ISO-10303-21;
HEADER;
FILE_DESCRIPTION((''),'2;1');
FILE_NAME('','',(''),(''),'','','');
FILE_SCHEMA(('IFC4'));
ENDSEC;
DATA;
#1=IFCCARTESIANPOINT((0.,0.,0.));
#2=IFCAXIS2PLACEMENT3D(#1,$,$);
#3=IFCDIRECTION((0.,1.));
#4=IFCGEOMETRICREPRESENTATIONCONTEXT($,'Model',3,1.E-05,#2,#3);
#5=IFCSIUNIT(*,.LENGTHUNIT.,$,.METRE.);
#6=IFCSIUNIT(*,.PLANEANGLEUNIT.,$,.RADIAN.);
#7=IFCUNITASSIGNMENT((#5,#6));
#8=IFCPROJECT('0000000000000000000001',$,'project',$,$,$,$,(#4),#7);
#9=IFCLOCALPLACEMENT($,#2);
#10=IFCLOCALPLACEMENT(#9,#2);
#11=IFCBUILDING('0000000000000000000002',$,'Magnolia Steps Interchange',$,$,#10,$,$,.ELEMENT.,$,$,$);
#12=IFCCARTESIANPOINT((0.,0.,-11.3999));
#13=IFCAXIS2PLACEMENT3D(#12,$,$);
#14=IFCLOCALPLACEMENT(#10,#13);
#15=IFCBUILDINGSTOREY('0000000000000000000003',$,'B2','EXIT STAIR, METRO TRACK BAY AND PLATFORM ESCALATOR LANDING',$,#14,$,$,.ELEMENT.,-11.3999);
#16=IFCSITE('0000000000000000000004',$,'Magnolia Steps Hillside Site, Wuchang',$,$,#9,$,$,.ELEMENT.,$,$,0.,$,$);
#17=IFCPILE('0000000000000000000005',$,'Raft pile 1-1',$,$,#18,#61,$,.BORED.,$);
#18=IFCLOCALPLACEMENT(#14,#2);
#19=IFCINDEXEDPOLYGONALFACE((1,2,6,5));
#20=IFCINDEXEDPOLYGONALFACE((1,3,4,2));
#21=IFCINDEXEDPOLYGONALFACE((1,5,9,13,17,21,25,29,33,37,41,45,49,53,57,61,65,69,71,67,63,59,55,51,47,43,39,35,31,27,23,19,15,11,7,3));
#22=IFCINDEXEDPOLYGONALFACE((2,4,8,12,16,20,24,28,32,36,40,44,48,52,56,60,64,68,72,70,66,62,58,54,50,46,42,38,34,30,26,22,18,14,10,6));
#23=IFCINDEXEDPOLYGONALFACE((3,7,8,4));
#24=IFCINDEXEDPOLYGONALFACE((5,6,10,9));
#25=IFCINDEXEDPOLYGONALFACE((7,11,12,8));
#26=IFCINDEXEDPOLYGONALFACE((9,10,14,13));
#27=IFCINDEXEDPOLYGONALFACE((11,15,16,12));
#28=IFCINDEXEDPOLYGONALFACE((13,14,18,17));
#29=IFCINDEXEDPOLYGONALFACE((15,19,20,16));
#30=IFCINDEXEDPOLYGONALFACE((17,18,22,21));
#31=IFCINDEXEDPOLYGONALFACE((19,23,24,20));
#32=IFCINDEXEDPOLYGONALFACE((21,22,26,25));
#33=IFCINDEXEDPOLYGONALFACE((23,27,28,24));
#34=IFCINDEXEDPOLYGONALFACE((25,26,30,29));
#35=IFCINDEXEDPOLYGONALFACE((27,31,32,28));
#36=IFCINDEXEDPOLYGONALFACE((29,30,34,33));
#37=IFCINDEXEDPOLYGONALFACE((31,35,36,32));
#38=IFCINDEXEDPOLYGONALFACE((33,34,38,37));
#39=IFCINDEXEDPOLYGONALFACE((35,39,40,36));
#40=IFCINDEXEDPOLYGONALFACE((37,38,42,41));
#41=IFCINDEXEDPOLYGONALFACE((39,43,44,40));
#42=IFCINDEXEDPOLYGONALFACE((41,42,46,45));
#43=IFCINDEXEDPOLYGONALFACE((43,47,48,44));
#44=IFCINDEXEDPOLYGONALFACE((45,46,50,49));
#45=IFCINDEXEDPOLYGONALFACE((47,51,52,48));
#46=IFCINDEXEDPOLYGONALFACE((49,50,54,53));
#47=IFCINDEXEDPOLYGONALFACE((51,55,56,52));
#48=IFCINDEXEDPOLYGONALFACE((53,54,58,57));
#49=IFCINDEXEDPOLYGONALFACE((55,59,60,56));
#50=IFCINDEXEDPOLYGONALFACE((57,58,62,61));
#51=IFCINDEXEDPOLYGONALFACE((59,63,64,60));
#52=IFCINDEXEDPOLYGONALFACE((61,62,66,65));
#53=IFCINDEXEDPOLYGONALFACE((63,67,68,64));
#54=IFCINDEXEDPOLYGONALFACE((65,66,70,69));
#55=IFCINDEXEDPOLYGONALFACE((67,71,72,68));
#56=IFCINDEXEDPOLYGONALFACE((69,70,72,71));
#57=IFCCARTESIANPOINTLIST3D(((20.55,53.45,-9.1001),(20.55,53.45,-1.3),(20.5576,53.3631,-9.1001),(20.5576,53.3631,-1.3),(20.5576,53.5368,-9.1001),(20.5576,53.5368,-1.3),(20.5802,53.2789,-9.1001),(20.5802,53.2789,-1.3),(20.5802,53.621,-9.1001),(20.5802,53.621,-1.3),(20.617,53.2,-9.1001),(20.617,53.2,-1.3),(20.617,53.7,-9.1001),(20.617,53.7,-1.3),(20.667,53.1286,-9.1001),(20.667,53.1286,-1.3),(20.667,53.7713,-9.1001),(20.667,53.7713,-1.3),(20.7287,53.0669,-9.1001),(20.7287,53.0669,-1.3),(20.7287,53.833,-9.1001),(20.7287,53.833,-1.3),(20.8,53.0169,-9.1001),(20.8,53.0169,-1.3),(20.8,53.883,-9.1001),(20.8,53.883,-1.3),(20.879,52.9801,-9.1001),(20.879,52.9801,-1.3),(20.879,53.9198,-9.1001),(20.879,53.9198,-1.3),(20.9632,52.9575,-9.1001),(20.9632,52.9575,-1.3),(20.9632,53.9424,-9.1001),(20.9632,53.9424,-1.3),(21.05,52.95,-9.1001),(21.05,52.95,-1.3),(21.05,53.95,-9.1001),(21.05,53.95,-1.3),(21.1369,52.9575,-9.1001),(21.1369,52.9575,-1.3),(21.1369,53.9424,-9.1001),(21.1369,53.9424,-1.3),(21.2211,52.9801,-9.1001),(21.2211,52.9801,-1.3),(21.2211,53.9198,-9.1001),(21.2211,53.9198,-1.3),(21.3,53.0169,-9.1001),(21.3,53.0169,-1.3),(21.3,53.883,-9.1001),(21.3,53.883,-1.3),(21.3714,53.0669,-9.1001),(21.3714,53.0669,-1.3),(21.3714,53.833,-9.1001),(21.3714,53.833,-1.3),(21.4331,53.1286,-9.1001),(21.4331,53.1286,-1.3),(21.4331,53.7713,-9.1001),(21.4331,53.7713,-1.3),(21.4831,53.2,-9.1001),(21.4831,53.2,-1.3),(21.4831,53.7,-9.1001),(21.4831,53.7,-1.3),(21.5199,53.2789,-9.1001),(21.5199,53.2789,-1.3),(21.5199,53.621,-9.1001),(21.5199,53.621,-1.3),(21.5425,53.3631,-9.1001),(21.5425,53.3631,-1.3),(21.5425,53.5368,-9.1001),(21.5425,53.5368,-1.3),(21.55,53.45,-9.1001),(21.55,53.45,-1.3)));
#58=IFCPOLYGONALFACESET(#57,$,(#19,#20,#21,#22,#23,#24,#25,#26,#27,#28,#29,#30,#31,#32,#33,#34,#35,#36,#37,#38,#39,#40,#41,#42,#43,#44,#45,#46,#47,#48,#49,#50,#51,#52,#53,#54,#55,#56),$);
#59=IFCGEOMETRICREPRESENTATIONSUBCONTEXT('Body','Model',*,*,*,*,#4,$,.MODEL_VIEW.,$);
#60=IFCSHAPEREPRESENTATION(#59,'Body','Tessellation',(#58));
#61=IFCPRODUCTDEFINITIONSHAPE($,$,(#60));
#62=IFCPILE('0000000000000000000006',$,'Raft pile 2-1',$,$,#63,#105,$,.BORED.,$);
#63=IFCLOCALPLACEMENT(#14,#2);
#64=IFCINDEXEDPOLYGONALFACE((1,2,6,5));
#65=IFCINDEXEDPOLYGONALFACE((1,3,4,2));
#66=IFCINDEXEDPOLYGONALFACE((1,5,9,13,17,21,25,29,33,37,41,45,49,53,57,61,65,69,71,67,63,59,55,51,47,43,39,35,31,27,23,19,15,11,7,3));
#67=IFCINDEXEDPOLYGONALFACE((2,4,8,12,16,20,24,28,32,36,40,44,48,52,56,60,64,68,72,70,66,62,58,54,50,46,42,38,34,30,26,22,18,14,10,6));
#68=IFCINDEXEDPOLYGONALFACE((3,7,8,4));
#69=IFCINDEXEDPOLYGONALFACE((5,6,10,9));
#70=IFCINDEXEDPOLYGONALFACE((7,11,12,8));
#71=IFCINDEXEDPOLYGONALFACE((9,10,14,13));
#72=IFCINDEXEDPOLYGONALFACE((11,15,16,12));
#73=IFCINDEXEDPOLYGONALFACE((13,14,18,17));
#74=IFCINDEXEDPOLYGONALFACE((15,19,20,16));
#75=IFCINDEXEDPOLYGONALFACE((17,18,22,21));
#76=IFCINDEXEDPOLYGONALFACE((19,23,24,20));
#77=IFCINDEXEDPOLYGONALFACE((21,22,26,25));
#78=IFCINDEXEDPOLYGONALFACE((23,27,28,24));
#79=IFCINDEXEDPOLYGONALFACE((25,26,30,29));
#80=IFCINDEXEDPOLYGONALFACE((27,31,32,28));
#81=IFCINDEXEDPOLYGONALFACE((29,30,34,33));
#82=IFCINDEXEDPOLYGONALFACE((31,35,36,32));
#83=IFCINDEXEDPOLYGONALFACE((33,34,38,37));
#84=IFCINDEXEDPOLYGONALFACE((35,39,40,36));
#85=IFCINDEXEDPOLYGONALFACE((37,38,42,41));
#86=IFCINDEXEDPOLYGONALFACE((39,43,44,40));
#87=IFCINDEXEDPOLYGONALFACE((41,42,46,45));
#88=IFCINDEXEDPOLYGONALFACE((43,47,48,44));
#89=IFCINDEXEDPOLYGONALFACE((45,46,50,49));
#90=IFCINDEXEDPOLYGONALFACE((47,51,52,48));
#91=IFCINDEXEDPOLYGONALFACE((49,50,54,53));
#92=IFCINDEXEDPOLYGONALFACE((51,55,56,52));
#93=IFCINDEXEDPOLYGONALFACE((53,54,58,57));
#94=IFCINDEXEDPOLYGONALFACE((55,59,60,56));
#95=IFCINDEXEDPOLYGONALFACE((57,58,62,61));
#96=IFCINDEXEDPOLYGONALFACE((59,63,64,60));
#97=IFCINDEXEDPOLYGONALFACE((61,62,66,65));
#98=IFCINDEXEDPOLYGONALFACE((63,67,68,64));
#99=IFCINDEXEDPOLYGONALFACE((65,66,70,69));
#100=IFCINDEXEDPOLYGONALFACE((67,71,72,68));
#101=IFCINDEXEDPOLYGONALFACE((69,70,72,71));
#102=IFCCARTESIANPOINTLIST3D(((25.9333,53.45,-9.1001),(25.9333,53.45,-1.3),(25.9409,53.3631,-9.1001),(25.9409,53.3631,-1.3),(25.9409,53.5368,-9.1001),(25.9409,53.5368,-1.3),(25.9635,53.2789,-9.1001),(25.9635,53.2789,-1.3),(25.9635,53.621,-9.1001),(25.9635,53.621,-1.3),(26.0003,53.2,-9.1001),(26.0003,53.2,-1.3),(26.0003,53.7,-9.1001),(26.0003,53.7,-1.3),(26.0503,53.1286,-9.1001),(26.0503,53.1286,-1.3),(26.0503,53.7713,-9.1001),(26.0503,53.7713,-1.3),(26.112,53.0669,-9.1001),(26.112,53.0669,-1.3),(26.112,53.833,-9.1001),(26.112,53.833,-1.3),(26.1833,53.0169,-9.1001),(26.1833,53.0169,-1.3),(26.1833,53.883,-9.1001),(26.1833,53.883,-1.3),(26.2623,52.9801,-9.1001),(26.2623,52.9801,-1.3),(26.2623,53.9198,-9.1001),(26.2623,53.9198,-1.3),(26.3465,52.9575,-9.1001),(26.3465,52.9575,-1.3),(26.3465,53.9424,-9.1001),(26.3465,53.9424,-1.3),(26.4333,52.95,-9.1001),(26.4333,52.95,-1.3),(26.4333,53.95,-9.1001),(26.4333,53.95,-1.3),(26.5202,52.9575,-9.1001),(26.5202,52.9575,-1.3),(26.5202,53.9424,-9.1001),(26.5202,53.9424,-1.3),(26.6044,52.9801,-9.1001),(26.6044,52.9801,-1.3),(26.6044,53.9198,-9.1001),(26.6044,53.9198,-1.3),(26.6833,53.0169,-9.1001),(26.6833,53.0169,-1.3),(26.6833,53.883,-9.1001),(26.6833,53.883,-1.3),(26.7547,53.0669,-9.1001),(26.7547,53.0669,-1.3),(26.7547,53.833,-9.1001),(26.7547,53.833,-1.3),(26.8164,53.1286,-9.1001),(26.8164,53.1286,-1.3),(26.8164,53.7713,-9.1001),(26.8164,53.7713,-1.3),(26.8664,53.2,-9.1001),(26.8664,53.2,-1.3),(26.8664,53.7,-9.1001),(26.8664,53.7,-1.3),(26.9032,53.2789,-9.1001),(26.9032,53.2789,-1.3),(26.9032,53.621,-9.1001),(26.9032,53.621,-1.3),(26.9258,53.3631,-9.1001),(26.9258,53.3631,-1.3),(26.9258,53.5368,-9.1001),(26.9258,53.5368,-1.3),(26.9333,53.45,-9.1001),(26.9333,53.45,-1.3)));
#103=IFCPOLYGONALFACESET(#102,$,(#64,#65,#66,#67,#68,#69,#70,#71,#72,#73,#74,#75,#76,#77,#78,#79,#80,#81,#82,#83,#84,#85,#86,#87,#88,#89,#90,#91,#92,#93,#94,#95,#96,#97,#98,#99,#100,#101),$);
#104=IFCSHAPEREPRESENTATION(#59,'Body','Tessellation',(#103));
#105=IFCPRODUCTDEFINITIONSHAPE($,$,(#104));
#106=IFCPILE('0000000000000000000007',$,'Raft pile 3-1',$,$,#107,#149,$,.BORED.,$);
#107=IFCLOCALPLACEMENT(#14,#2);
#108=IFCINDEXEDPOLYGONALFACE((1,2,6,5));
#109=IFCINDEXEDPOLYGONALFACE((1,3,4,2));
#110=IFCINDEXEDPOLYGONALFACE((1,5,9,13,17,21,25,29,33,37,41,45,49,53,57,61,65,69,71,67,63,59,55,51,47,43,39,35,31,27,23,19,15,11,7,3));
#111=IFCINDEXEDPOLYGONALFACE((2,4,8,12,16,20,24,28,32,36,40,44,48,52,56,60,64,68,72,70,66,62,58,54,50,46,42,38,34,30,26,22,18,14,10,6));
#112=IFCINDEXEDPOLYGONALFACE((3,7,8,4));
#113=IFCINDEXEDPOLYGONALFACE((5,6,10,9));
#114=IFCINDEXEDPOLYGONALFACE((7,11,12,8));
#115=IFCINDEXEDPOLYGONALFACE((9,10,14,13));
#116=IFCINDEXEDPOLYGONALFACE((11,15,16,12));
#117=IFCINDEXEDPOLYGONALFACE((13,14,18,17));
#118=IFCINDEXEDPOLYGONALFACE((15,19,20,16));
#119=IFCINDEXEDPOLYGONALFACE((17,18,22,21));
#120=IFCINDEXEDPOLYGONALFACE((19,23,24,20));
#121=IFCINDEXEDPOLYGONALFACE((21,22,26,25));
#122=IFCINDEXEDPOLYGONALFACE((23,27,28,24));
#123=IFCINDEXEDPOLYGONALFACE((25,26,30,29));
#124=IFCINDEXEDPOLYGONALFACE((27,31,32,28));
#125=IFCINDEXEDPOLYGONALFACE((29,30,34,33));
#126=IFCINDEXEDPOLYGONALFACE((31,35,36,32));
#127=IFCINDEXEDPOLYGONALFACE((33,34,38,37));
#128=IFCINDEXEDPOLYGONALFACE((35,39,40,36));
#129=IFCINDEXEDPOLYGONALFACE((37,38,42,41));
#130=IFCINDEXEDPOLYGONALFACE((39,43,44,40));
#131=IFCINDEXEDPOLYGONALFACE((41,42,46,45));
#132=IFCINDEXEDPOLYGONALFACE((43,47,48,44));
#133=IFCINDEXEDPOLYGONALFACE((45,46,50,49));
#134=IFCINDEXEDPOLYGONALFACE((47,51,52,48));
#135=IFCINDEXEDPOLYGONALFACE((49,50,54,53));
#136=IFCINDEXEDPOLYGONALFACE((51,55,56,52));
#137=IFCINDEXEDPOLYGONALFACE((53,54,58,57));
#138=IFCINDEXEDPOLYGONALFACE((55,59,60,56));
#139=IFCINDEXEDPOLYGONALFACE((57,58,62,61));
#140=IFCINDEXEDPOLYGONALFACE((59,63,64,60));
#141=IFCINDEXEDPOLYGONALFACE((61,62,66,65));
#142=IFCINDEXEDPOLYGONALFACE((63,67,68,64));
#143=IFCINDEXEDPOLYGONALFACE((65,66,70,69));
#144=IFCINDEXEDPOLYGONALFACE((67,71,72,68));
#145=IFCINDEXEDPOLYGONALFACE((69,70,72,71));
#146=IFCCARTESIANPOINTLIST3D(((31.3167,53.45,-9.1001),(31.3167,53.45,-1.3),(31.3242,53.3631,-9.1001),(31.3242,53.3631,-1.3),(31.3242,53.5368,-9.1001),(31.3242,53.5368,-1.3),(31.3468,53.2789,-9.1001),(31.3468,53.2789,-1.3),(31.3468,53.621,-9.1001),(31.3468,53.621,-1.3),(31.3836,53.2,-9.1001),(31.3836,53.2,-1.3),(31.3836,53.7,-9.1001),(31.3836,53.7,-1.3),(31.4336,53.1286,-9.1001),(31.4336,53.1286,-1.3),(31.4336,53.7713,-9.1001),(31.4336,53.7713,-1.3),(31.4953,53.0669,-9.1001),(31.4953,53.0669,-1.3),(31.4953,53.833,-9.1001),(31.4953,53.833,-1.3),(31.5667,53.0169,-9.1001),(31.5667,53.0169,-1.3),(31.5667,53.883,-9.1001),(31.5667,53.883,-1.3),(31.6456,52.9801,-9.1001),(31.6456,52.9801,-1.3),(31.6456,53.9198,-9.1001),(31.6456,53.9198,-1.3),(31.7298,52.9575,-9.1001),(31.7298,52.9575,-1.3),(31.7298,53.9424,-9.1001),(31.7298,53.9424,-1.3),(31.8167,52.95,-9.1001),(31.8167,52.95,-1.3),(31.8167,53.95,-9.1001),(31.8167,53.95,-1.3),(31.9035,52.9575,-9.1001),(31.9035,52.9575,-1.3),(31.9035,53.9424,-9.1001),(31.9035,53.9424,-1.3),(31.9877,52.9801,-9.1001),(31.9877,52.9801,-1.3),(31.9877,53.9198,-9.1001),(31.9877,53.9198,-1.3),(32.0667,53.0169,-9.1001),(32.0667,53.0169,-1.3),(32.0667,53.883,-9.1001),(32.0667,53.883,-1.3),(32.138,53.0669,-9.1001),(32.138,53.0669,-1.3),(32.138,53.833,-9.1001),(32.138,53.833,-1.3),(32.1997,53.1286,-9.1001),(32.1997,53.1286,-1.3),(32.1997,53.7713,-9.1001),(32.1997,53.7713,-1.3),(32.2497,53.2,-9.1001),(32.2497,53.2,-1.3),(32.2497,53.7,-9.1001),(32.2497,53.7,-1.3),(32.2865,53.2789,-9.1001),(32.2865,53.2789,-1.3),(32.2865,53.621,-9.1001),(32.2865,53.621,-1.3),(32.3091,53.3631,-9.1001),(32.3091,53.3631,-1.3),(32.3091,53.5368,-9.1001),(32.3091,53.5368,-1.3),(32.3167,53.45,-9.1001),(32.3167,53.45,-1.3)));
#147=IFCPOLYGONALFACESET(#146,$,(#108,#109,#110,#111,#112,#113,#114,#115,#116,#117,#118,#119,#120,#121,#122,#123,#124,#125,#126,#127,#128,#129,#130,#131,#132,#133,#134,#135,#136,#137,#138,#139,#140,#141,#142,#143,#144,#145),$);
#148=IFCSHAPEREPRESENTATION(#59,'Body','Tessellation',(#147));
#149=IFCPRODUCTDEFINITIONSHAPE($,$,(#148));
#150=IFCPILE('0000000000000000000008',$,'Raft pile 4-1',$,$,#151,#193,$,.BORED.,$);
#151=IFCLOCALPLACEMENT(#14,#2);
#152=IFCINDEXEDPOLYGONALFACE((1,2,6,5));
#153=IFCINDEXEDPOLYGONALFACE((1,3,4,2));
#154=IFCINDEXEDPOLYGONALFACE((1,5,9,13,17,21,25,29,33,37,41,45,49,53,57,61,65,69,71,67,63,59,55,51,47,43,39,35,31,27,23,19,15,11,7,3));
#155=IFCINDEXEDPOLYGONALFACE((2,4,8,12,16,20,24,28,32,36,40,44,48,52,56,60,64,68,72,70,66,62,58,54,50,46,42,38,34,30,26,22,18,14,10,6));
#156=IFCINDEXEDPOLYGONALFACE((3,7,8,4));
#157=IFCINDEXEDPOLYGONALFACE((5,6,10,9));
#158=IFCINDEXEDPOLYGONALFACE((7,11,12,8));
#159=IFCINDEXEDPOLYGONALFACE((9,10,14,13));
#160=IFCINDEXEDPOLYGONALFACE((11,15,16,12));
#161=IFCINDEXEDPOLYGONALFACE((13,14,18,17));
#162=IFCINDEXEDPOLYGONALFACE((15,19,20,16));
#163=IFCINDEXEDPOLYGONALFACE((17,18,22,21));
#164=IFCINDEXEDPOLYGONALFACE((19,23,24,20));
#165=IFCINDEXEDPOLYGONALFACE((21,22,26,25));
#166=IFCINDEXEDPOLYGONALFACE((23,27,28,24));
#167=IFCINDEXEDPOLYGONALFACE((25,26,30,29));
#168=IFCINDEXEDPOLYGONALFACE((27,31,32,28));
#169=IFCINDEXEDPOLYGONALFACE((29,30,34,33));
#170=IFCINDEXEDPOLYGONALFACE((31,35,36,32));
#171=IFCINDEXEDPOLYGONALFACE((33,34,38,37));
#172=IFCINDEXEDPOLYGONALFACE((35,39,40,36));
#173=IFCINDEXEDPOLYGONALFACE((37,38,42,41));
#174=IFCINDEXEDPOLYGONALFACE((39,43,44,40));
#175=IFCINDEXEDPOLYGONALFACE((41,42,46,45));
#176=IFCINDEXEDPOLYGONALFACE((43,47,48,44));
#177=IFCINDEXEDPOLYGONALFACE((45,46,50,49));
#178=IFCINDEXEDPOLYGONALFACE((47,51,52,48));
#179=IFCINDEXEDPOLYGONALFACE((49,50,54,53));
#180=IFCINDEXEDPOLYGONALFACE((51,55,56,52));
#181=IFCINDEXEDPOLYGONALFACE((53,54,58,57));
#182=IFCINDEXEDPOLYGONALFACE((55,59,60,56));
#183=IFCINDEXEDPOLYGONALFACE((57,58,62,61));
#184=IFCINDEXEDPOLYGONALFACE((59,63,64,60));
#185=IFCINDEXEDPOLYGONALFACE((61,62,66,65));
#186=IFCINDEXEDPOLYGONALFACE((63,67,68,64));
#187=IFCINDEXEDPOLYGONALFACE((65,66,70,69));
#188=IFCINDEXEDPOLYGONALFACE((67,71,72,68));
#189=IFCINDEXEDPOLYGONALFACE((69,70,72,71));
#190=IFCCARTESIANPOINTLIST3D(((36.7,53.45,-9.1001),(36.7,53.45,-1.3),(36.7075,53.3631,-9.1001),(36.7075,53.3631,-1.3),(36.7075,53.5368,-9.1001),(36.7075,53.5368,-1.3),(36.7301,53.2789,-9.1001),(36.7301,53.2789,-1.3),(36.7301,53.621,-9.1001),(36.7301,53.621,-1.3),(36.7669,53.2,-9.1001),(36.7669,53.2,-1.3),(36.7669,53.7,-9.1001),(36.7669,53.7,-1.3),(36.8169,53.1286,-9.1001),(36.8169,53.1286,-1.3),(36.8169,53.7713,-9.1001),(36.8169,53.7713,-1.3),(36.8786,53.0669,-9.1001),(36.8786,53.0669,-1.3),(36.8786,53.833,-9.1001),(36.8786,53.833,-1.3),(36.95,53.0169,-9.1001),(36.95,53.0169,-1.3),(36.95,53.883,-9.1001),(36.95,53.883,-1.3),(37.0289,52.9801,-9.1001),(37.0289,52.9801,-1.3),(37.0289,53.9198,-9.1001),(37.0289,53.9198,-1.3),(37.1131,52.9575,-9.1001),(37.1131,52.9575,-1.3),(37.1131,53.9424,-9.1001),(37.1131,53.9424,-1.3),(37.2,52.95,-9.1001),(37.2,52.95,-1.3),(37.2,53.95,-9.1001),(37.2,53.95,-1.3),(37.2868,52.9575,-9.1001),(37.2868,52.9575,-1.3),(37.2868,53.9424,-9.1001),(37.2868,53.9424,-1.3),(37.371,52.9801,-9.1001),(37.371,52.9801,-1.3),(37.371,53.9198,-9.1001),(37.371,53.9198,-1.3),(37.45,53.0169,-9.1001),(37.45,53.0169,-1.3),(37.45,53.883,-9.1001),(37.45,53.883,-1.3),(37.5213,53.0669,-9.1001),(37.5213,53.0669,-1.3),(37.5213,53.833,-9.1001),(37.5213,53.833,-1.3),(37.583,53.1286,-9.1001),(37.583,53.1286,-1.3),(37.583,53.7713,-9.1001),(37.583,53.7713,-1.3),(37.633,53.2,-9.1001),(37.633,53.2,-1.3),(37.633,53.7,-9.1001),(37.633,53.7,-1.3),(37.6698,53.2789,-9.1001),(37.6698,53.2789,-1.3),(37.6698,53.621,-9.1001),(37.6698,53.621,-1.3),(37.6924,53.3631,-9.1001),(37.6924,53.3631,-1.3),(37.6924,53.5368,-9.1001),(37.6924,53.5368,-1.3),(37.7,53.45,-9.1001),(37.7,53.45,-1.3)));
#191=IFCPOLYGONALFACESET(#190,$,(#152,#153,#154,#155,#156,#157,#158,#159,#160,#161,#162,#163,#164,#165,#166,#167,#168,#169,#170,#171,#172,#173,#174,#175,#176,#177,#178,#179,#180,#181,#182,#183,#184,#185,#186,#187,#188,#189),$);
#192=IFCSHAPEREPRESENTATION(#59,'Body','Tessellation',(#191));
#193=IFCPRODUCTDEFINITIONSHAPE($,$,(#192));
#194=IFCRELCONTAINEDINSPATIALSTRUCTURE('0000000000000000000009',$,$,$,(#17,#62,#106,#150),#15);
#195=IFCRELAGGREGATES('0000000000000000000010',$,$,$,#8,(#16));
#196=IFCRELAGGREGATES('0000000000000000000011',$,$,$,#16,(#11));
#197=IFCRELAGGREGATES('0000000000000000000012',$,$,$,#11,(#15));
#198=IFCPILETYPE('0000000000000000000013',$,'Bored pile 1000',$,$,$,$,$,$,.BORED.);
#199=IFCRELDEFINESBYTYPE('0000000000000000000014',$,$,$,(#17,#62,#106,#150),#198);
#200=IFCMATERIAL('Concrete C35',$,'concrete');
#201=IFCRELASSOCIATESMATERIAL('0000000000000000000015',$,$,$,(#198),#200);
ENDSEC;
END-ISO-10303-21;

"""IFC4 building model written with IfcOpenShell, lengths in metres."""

from ifc_helpers import new_model, si_unit, direction, frame, origin, origin_2d, place, context, subcontext, project, spatial, circle, extrude, material, material_profile, profile_set, type_object, element, save


model = new_model("IFC4")

# Units and contexts
model_context = context("Model", 3, precision=1e-05, world=origin(), true_north=direction((0.0, 1.0)))
body_context = subcontext(model_context, "Body", "Model", "MODEL_VIEW")
ifc_project = project(units=[si_unit("LENGTHUNIT", "METRE"), si_unit("PLANEANGLEUNIT", "RADIAN")], contexts=[model_context])

# Site, building, storey
site_placement = place(None, origin())
site = spatial("IfcSite", under=ifc_project, at=site_placement, Name="Magnolia Steps Hillside Site, Wuchang", CompositionType="ELEMENT", RefElevation=0.0)
building_placement = place(site_placement, origin())
building = spatial("IfcBuilding", under=site, at=building_placement, Name="Magnolia Steps Interchange", CompositionType="ELEMENT")
storey_placement = place(building_placement, frame((0.0, 0.0, -11.3999)))
storey = spatial("IfcBuildingStorey", under=building, at=storey_placement, Name="B2", Description="EXIT STAIR, METRO TRACK BAY AND PLATFORM ESCALATOR LANDING", CompositionType="ELEMENT", Elevation=-11.3999)

# Piles
ifc_material_1 = material(Name="Concrete C35", Category="concrete")
ifc_material_profile_1 = material_profile(ifc_material_1, circle(Radius=0.5, at=origin_2d()), Name="Bored pile 1000")
ifc_profile_set_1 = profile_set([ifc_material_profile_1], Name="Concrete C35")
pile_type_1 = type_object("IfcPileType", Name="Bored pile 1000", PredefinedType="BORED", material=ifc_profile_set_1)
for number, where, z_axis, x_axis, name in (
    (1, (21.05, 53.45, -1.3), (0.0, 0.0, -1.0), (1.0, 0.0, 0.0), "Raft pile 1-1"),
    (2, (26.4333, 53.45, -1.3), (0.0, 0.0, -1.0), (1.0, 0.0, 0.0), "Raft pile 2-1"),
    (3, (31.8167, 53.45, -1.3), (0.0, 0.0, -1.0), (1.0, 0.0, 0.0), "Raft pile 3-1"),
    (4, (37.2, 53.45, -1.3), (0.0, 0.0, -1.0), (1.0, 0.0, 0.0), "Raft pile 4-1"),
):
    element("IfcPile", number, at=place(storey_placement, frame(where, z_axis=z_axis, x_axis=x_axis)), inside=storey, type_object=pile_type_1, Name=name, PredefinedType="BORED", context=body_context, shape_type="SweptSolid", body=[
        extrude(circle(Radius=0.5, at=origin_2d()), origin(), (0.0, 0.0, 1.0), 7.8),
    ])

save(model, "model.ifc")
